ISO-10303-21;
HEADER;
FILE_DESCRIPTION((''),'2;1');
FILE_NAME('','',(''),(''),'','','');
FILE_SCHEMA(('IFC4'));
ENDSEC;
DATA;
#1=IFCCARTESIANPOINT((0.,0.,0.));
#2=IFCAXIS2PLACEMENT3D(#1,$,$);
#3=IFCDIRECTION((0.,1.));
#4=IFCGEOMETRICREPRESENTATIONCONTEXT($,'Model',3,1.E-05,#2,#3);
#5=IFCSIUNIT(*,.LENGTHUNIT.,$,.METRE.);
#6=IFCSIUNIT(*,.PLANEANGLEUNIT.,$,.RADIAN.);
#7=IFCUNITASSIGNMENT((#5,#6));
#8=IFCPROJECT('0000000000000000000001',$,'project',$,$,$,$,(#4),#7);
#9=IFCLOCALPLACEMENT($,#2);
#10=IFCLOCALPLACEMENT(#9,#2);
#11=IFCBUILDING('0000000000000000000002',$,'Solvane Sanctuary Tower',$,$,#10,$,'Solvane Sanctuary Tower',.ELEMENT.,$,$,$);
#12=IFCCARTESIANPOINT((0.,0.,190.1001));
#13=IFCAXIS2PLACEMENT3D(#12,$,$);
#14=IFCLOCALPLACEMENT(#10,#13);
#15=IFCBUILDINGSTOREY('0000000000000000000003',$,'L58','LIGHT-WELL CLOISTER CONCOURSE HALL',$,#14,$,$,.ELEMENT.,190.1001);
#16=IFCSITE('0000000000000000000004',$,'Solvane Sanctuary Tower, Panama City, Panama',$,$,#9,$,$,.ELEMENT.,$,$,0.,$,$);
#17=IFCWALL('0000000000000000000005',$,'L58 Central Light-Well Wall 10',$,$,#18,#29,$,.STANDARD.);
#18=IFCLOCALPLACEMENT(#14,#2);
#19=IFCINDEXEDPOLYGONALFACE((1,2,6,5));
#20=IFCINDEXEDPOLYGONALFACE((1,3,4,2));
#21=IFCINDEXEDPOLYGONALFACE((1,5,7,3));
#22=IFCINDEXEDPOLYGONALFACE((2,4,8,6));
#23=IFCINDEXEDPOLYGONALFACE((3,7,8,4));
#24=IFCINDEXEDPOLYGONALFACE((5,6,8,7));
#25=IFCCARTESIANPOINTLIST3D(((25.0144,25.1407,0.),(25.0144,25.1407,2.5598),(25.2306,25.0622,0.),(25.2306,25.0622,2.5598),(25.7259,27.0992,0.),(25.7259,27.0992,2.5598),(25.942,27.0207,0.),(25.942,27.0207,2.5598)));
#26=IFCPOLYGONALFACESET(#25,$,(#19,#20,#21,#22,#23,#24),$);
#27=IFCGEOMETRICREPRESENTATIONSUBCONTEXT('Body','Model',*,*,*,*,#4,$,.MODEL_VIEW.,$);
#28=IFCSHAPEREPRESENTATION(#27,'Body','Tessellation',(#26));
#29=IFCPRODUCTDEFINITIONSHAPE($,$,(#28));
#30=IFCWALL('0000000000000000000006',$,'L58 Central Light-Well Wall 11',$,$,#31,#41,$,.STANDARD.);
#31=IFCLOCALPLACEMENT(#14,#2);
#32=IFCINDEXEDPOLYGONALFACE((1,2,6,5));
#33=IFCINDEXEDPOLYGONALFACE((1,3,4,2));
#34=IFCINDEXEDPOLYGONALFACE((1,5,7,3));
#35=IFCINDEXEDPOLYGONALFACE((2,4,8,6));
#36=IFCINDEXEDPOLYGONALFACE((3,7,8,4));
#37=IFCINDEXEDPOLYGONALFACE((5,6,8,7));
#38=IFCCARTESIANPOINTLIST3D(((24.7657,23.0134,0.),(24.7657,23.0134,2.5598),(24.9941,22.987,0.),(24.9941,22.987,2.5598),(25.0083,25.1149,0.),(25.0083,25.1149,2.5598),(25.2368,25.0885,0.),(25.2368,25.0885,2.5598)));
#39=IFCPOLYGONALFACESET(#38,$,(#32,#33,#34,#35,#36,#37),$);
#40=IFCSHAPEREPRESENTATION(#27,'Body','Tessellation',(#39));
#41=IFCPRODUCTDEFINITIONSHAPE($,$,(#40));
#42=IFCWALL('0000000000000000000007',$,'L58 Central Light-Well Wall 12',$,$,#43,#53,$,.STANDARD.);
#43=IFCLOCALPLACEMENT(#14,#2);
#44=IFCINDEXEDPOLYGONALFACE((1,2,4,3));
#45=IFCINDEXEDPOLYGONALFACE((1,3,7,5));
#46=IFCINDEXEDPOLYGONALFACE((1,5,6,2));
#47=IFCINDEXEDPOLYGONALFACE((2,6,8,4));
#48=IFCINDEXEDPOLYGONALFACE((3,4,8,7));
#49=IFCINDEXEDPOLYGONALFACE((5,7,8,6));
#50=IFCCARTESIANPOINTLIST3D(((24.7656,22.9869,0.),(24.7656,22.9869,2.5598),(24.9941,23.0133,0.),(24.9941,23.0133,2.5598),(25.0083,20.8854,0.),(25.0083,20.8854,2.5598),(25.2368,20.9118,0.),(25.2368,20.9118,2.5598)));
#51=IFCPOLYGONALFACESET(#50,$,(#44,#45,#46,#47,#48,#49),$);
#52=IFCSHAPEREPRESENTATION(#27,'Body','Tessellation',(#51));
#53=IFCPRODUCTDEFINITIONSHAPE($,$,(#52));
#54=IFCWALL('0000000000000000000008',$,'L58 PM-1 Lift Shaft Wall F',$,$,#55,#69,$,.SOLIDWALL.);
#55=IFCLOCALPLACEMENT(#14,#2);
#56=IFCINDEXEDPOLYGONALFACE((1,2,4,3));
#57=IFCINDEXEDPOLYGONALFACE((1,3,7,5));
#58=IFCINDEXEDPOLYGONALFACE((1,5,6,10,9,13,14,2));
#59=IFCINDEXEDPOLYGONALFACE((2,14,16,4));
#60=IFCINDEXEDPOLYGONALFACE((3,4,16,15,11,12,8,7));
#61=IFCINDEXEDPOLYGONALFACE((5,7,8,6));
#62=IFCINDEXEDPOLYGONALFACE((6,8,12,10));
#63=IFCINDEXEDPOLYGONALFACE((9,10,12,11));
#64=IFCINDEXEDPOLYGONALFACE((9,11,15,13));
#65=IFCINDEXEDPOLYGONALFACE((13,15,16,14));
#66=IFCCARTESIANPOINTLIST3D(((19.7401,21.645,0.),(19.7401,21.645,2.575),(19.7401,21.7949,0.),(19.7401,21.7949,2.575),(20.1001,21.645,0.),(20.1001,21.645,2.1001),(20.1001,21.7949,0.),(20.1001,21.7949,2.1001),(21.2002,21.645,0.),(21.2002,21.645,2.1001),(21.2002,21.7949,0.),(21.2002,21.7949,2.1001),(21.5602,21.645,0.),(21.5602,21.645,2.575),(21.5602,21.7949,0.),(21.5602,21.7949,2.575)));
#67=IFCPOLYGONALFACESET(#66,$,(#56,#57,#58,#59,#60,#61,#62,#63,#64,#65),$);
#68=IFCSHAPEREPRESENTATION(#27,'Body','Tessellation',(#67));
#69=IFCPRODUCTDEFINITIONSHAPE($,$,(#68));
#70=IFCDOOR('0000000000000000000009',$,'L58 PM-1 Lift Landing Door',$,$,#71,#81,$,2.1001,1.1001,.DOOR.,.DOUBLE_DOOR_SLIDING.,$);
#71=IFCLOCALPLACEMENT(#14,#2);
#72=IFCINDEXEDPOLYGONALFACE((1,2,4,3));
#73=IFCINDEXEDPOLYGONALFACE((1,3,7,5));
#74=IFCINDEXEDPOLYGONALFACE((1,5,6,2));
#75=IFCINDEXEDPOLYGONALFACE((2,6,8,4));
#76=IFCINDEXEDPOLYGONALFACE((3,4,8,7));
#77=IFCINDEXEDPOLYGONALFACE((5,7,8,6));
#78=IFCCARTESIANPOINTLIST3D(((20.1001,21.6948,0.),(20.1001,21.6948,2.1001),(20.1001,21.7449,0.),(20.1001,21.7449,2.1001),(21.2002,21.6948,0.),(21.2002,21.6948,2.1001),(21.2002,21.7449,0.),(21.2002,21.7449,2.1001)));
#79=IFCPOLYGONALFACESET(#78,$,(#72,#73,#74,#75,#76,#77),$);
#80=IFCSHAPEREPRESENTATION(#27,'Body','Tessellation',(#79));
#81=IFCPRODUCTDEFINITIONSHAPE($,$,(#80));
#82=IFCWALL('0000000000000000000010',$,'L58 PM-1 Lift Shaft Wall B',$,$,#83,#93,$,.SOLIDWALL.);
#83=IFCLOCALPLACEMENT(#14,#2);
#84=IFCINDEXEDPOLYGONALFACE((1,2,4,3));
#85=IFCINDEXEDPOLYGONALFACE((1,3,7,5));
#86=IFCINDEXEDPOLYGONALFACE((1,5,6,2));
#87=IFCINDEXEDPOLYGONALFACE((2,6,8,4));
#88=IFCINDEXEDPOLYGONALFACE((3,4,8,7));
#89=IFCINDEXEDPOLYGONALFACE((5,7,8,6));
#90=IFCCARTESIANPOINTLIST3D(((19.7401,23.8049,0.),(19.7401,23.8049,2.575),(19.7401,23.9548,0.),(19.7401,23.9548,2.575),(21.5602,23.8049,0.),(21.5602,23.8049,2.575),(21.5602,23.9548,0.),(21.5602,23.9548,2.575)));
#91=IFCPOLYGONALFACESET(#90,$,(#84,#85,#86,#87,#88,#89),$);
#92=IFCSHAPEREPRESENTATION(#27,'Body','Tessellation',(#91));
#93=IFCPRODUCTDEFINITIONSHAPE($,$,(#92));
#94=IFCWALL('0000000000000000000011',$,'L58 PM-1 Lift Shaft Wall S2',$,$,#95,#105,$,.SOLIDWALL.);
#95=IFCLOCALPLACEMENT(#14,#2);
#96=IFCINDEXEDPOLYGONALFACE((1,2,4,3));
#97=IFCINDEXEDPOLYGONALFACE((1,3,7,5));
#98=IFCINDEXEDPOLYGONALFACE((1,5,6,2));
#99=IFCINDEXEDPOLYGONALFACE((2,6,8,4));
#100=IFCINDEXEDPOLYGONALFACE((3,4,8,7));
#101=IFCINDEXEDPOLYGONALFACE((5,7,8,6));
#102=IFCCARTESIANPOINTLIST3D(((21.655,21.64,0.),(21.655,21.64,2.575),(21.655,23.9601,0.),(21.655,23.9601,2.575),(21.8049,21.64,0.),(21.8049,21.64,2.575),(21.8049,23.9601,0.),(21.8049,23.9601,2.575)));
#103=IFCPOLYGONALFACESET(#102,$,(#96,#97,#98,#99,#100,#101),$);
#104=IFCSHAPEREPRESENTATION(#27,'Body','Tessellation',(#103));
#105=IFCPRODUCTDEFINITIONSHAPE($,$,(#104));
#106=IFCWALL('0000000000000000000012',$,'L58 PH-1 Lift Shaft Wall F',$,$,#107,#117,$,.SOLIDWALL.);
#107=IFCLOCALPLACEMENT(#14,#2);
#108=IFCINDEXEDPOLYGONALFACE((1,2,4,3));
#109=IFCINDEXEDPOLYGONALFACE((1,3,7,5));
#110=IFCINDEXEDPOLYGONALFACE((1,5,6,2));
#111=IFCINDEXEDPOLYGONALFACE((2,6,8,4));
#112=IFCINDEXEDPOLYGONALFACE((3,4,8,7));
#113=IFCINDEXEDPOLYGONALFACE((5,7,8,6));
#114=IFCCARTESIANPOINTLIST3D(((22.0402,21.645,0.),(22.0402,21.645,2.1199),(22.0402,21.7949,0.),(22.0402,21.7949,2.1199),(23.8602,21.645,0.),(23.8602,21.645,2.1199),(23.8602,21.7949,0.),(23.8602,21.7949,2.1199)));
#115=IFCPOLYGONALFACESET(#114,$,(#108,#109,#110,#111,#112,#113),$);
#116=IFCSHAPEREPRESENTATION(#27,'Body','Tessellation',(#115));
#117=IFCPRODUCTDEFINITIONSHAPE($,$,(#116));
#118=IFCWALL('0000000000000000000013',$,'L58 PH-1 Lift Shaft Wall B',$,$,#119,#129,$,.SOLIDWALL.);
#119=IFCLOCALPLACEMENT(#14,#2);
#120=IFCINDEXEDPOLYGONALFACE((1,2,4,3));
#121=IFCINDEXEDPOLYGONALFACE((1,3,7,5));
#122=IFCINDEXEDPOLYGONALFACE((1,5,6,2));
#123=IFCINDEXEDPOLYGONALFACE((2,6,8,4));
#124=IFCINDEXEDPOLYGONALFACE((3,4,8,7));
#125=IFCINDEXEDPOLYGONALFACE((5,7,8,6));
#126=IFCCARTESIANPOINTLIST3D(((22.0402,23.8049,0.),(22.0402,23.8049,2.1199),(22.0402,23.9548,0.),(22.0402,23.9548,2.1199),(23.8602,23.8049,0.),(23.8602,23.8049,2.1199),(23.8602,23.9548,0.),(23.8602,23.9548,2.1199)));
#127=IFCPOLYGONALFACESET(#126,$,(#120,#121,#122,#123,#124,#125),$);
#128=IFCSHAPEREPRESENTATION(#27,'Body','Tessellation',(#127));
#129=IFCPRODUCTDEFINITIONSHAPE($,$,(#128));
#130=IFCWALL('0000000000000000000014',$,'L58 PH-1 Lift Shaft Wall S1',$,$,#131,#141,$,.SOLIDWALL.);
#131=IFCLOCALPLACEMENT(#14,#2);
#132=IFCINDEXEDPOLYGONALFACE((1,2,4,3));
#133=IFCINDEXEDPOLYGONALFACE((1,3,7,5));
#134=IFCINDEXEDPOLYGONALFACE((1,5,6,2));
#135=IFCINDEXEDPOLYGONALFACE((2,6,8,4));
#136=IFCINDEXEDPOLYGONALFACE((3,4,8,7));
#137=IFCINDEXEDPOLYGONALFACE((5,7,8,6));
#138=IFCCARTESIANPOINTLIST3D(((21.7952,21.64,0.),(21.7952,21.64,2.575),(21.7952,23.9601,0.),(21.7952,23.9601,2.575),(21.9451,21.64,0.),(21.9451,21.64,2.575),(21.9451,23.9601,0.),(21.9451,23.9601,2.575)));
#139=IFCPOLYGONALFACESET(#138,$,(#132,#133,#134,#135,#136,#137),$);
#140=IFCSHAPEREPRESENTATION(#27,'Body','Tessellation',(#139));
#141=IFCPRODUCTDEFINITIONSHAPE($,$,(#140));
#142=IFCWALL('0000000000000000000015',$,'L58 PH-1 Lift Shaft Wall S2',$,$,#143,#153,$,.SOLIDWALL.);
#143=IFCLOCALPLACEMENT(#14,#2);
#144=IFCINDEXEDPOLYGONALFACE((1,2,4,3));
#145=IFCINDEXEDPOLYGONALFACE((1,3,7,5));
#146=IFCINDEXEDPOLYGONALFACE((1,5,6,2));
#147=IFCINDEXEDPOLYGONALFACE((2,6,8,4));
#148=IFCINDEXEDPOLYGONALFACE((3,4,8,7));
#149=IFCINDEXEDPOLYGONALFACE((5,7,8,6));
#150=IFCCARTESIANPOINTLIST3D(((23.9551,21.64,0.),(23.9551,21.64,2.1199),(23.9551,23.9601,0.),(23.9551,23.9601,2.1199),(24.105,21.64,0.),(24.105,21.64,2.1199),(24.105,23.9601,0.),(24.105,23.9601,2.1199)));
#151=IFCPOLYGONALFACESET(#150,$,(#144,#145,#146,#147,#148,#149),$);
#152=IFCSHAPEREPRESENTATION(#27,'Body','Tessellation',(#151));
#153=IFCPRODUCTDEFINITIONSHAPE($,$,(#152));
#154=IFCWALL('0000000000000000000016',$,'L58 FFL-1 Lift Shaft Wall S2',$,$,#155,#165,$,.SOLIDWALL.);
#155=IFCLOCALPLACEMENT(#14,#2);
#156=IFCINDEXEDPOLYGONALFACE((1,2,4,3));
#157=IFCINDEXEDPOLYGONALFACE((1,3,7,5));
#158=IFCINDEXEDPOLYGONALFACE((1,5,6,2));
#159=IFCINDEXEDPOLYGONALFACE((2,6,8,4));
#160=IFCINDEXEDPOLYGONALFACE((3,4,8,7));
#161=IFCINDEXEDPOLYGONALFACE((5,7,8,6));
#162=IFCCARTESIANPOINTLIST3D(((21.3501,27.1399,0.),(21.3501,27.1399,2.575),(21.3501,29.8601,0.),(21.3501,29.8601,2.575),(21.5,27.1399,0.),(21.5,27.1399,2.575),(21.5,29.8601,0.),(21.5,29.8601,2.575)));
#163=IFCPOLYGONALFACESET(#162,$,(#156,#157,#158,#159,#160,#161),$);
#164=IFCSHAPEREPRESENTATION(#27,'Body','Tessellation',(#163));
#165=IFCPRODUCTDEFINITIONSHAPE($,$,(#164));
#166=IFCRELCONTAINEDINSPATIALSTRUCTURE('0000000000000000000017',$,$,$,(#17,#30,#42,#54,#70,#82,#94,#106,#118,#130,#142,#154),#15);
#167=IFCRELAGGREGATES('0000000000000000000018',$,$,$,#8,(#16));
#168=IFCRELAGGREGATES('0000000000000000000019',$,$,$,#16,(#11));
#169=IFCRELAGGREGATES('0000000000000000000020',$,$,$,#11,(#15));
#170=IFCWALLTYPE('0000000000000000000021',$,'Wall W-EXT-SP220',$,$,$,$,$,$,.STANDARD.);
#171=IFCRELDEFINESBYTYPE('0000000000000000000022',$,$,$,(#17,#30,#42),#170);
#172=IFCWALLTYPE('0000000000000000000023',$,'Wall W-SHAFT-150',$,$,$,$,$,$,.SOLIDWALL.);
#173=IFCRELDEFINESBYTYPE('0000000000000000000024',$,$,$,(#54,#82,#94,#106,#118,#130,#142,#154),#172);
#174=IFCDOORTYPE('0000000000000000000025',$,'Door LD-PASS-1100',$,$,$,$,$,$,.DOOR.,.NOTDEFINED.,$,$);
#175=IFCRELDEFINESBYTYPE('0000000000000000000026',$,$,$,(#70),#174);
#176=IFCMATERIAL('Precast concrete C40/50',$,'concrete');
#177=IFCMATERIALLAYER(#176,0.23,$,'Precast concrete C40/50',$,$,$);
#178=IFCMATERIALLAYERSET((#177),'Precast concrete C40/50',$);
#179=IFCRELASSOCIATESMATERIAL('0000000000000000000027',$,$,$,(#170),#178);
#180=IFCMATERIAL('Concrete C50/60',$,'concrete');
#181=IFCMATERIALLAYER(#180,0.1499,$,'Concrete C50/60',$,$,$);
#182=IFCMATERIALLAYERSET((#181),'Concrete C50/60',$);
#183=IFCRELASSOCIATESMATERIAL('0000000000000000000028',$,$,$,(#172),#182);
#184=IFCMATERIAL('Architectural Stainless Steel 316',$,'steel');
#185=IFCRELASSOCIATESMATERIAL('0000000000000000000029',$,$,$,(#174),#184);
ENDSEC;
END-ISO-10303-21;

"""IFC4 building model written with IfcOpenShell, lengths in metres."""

from ifc_helpers import new_model, si_unit, direction, frame, frame_2d, origin, place, context, subcontext, project, spatial, rectangle, extrude, material, layer, layer_set, type_object, element, fill, save


model = new_model("IFC4")

# Units and contexts
model_context = context("Model", 3, precision=1e-05, world=origin(), true_north=direction((0.0, 1.0)))
body_context = subcontext(model_context, "Body", "Model", "MODEL_VIEW")
ifc_project = project(units=[si_unit("LENGTHUNIT", "METRE"), si_unit("PLANEANGLEUNIT", "RADIAN")], contexts=[model_context])

# Site, building, storey
site_placement = place(None, origin())
site = spatial("IfcSite", under=ifc_project, at=site_placement, Name="Solvane Sanctuary Tower, Panama City, Panama", CompositionType="ELEMENT", RefElevation=0.0)
building_placement = place(site_placement, origin())
building = spatial("IfcBuilding", under=site, at=building_placement, Name="Solvane Sanctuary Tower", LongName="Solvane Sanctuary Tower", CompositionType="ELEMENT")
storey_placement = place(building_placement, frame((0.0, 0.0, 190.1001)))
storey = spatial("IfcBuildingStorey", under=building, at=storey_placement, Name="L58", Description="LIGHT-WELL CLOISTER CONCOURSE HALL", CompositionType="ELEMENT", Elevation=190.1001)

# Shared definitions
ifc_material_1 = material(Name="Concrete C50/60", Category="concrete")

# Shared definitions
ifc_material_2 = material(Name="Architectural Stainless Steel 316", Category="steel")

# Walls
ifc_material_3 = material(Name="Precast concrete C40/50", Category="concrete")
ifc_layer_1 = layer(ifc_material_3, 0.23, Name="Precast concrete C40/50")
ifc_layer_set_1 = layer_set([ifc_layer_1], Name="Precast concrete C40/50")
wall_type_1 = type_object("IfcWallType", Name="Wall W-EXT-SP220", PredefinedType="STANDARD", material=ifc_layer_set_1)
wall_1_placement = place(storey_placement, frame((25.834, 27.0601, 0.0), z_axis=(0.0, 0.0, 1.0), x_axis=(-0.341423, -0.93991, 0.0)))
element("IfcWall", 1, at=wall_1_placement, inside=storey, type_object=wall_type_1, Name="L58 Central Light-Well Wall 10", PredefinedType="STANDARD", context=body_context, shape_type="SweptSolid", body=[
    extrude(rectangle(XDim=2.0837, YDim=0.23, at=frame_2d((1.042, 0.0))), origin(), (0.0, 0.0, 1.0), 2.5598),
])
for number, where, z_axis, x_axis, name in (
    (2, (25.1226, 25.1016, 0.0), (0.0, 0.0, 1.0), (-0.114712, -0.993399, 0.0), "L58 Central Light-Well Wall 11"),
    (3, (24.8799, 23.0, 0.0), (0.0, 0.0, 1.0), (0.114712, -0.993399, 0.0), "L58 Central Light-Well Wall 12"),
):
    element("IfcWall", number, at=place(storey_placement, frame(where, z_axis=z_axis, x_axis=x_axis)), inside=storey, type_object=wall_type_1, Name=name, PredefinedType="STANDARD", context=body_context, shape_type="SweptSolid", body=[
        extrude(rectangle(XDim=2.1155, YDim=0.23, at=frame_2d((1.0576, 0.0))), origin(), (0.0, 0.0, 1.0), 2.5598),
    ])

# Wall, opening, door
ifc_layer_2 = layer(ifc_material_1, 0.1499, Name="Concrete C50/60")
ifc_layer_set_2 = layer_set([ifc_layer_2], Name="Concrete C50/60")
wall_type_2 = type_object("IfcWallType", Name="Wall W-SHAFT-150", PredefinedType="SOLIDWALL", material=ifc_layer_set_2)
wall_2_placement = place(storey_placement, frame((19.74, 21.72, 0.0), z_axis=(0.0, 0.0, 1.0), x_axis=(1.0, 0.0, 0.0)))
wall_2 = element("IfcWall", 4, at=wall_2_placement, inside=storey, type_object=wall_type_2, Name="L58 PM-1 Lift Shaft Wall F", PredefinedType="SOLIDWALL", context=body_context, shape_type="SweptSolid", body=[
    extrude(rectangle(XDim=1.8201, YDim=0.1499, at=frame_2d((0.9102, 0.0))), origin(), (0.0, 0.0, 1.0), 2.575),
])
opening_1_placement = place(wall_2_placement, frame((0.3601, 0.0, 0.0)))
opening_1 = element("IfcOpeningElement", 5, at=opening_1_placement, cuts=wall_2, PredefinedType="OPENING", context=body_context, shape_type="SweptSolid", body=[
    extrude(rectangle(XDim=1.1001, YDim=2.1001, at=frame_2d((0.55, 1.05))), frame((0.0, 0.085, 0.0), z_axis=(0.0, -1.0, 0.0), x_axis=(1.0, 0.0, 0.0)), (0.0, 0.0, 1.0), 0.1699),
])
door_type_1 = type_object("IfcDoorType", Name="Door LD-PASS-1100", OperationType="NOTDEFINED", PredefinedType="DOOR", material=ifc_material_2)
door_1_placement = place(opening_1_placement, origin())
door_1 = element("IfcDoor", 6, at=door_1_placement, inside=storey, type_object=door_type_1, Name="L58 PM-1 Lift Landing Door", OperationType="DOUBLE_DOOR_SLIDING", OverallHeight=2.1001, OverallWidth=1.1001, PredefinedType="DOOR", context=body_context, shape_type="SweptSolid", body=[
    extrude(rectangle(XDim=1.1001, YDim=2.1001, at=frame_2d((0.55, 1.05))), frame((0.0, 0.0249, 0.0), z_axis=(0.0, -1.0, 0.0), x_axis=(1.0, 0.0, 0.0)), (0.0, 0.0, 1.0), 0.05),
])
fill(opening_1, door_1)

# Walls
wall_3_placement = place(storey_placement, frame((19.74, 23.8799, 0.0), z_axis=(0.0, 0.0, 1.0), x_axis=(1.0, 0.0, 0.0)))
element("IfcWall", 7, at=wall_3_placement, inside=storey, type_object=wall_type_2, Name="L58 PM-1 Lift Shaft Wall B", PredefinedType="SOLIDWALL", context=body_context, shape_type="SweptSolid", body=[
    extrude(rectangle(XDim=1.8201, YDim=0.1499, at=frame_2d((0.9102, 0.0))), origin(), (0.0, 0.0, 1.0), 2.575),
])
wall_4_placement = place(storey_placement, frame((21.73, 21.6399, 0.0), z_axis=(0.0, 0.0, 1.0), x_axis=(0.0, 1.0, 0.0)))
element("IfcWall", 8, at=wall_4_placement, inside=storey, type_object=wall_type_2, Name="L58 PM-1 Lift Shaft Wall S2", PredefinedType="SOLIDWALL", context=body_context, shape_type="SweptSolid", body=[
    extrude(rectangle(XDim=2.3201, YDim=0.1499, at=frame_2d((1.1602, 0.0))), origin(), (0.0, 0.0, 1.0), 2.575),
])
for number, where, z_axis, x_axis, name in (
    (9, (22.04, 21.72, 0.0), (0.0, 0.0, 1.0), (1.0, 0.0, 0.0), "L58 PH-1 Lift Shaft Wall F"),
    (10, (22.04, 23.8799, 0.0), (0.0, 0.0, 1.0), (1.0, 0.0, 0.0), "L58 PH-1 Lift Shaft Wall B"),
):
    element("IfcWall", number, at=place(storey_placement, frame(where, z_axis=z_axis, x_axis=x_axis)), inside=storey, type_object=wall_type_2, Name=name, PredefinedType="SOLIDWALL", context=body_context, shape_type="SweptSolid", body=[
        extrude(rectangle(XDim=1.8201, YDim=0.1499, at=frame_2d((0.9102, 0.0))), origin(), (0.0, 0.0, 1.0), 2.1199),
    ])
wall_5_placement = place(storey_placement, frame((21.8701, 21.6399, 0.0), z_axis=(0.0, 0.0, 1.0), x_axis=(0.0, 1.0, 0.0)))
element("IfcWall", 11, at=wall_5_placement, inside=storey, type_object=wall_type_2, Name="L58 PH-1 Lift Shaft Wall S1", PredefinedType="SOLIDWALL", context=body_context, shape_type="SweptSolid", body=[
    extrude(rectangle(XDim=2.3201, YDim=0.1499, at=frame_2d((1.1602, 0.0))), origin(), (0.0, 0.0, 1.0), 2.575),
])
wall_6_placement = place(storey_placement, frame((24.03, 21.6399, 0.0), z_axis=(0.0, 0.0, 1.0), x_axis=(0.0, 1.0, 0.0)))
element("IfcWall", 12, at=wall_6_placement, inside=storey, type_object=wall_type_2, Name="L58 PH-1 Lift Shaft Wall S2", PredefinedType="SOLIDWALL", context=body_context, shape_type="SweptSolid", body=[
    extrude(rectangle(XDim=2.3201, YDim=0.1499, at=frame_2d((1.1602, 0.0))), origin(), (0.0, 0.0, 1.0), 2.1199),
])
wall_7_placement = place(storey_placement, frame((21.425, 27.1399, 0.0), z_axis=(0.0, 0.0, 1.0), x_axis=(0.0, 1.0, 0.0)))
element("IfcWall", 13, at=wall_7_placement, inside=storey, type_object=wall_type_2, Name="L58 FFL-1 Lift Shaft Wall S2", PredefinedType="SOLIDWALL", context=body_context, shape_type="SweptSolid", body=[
    extrude(rectangle(XDim=2.7202, YDim=0.1499, at=frame_2d((1.3601, 0.0))), origin(), (0.0, 0.0, 1.0), 2.575),
])

save(model, "model.ifc")
